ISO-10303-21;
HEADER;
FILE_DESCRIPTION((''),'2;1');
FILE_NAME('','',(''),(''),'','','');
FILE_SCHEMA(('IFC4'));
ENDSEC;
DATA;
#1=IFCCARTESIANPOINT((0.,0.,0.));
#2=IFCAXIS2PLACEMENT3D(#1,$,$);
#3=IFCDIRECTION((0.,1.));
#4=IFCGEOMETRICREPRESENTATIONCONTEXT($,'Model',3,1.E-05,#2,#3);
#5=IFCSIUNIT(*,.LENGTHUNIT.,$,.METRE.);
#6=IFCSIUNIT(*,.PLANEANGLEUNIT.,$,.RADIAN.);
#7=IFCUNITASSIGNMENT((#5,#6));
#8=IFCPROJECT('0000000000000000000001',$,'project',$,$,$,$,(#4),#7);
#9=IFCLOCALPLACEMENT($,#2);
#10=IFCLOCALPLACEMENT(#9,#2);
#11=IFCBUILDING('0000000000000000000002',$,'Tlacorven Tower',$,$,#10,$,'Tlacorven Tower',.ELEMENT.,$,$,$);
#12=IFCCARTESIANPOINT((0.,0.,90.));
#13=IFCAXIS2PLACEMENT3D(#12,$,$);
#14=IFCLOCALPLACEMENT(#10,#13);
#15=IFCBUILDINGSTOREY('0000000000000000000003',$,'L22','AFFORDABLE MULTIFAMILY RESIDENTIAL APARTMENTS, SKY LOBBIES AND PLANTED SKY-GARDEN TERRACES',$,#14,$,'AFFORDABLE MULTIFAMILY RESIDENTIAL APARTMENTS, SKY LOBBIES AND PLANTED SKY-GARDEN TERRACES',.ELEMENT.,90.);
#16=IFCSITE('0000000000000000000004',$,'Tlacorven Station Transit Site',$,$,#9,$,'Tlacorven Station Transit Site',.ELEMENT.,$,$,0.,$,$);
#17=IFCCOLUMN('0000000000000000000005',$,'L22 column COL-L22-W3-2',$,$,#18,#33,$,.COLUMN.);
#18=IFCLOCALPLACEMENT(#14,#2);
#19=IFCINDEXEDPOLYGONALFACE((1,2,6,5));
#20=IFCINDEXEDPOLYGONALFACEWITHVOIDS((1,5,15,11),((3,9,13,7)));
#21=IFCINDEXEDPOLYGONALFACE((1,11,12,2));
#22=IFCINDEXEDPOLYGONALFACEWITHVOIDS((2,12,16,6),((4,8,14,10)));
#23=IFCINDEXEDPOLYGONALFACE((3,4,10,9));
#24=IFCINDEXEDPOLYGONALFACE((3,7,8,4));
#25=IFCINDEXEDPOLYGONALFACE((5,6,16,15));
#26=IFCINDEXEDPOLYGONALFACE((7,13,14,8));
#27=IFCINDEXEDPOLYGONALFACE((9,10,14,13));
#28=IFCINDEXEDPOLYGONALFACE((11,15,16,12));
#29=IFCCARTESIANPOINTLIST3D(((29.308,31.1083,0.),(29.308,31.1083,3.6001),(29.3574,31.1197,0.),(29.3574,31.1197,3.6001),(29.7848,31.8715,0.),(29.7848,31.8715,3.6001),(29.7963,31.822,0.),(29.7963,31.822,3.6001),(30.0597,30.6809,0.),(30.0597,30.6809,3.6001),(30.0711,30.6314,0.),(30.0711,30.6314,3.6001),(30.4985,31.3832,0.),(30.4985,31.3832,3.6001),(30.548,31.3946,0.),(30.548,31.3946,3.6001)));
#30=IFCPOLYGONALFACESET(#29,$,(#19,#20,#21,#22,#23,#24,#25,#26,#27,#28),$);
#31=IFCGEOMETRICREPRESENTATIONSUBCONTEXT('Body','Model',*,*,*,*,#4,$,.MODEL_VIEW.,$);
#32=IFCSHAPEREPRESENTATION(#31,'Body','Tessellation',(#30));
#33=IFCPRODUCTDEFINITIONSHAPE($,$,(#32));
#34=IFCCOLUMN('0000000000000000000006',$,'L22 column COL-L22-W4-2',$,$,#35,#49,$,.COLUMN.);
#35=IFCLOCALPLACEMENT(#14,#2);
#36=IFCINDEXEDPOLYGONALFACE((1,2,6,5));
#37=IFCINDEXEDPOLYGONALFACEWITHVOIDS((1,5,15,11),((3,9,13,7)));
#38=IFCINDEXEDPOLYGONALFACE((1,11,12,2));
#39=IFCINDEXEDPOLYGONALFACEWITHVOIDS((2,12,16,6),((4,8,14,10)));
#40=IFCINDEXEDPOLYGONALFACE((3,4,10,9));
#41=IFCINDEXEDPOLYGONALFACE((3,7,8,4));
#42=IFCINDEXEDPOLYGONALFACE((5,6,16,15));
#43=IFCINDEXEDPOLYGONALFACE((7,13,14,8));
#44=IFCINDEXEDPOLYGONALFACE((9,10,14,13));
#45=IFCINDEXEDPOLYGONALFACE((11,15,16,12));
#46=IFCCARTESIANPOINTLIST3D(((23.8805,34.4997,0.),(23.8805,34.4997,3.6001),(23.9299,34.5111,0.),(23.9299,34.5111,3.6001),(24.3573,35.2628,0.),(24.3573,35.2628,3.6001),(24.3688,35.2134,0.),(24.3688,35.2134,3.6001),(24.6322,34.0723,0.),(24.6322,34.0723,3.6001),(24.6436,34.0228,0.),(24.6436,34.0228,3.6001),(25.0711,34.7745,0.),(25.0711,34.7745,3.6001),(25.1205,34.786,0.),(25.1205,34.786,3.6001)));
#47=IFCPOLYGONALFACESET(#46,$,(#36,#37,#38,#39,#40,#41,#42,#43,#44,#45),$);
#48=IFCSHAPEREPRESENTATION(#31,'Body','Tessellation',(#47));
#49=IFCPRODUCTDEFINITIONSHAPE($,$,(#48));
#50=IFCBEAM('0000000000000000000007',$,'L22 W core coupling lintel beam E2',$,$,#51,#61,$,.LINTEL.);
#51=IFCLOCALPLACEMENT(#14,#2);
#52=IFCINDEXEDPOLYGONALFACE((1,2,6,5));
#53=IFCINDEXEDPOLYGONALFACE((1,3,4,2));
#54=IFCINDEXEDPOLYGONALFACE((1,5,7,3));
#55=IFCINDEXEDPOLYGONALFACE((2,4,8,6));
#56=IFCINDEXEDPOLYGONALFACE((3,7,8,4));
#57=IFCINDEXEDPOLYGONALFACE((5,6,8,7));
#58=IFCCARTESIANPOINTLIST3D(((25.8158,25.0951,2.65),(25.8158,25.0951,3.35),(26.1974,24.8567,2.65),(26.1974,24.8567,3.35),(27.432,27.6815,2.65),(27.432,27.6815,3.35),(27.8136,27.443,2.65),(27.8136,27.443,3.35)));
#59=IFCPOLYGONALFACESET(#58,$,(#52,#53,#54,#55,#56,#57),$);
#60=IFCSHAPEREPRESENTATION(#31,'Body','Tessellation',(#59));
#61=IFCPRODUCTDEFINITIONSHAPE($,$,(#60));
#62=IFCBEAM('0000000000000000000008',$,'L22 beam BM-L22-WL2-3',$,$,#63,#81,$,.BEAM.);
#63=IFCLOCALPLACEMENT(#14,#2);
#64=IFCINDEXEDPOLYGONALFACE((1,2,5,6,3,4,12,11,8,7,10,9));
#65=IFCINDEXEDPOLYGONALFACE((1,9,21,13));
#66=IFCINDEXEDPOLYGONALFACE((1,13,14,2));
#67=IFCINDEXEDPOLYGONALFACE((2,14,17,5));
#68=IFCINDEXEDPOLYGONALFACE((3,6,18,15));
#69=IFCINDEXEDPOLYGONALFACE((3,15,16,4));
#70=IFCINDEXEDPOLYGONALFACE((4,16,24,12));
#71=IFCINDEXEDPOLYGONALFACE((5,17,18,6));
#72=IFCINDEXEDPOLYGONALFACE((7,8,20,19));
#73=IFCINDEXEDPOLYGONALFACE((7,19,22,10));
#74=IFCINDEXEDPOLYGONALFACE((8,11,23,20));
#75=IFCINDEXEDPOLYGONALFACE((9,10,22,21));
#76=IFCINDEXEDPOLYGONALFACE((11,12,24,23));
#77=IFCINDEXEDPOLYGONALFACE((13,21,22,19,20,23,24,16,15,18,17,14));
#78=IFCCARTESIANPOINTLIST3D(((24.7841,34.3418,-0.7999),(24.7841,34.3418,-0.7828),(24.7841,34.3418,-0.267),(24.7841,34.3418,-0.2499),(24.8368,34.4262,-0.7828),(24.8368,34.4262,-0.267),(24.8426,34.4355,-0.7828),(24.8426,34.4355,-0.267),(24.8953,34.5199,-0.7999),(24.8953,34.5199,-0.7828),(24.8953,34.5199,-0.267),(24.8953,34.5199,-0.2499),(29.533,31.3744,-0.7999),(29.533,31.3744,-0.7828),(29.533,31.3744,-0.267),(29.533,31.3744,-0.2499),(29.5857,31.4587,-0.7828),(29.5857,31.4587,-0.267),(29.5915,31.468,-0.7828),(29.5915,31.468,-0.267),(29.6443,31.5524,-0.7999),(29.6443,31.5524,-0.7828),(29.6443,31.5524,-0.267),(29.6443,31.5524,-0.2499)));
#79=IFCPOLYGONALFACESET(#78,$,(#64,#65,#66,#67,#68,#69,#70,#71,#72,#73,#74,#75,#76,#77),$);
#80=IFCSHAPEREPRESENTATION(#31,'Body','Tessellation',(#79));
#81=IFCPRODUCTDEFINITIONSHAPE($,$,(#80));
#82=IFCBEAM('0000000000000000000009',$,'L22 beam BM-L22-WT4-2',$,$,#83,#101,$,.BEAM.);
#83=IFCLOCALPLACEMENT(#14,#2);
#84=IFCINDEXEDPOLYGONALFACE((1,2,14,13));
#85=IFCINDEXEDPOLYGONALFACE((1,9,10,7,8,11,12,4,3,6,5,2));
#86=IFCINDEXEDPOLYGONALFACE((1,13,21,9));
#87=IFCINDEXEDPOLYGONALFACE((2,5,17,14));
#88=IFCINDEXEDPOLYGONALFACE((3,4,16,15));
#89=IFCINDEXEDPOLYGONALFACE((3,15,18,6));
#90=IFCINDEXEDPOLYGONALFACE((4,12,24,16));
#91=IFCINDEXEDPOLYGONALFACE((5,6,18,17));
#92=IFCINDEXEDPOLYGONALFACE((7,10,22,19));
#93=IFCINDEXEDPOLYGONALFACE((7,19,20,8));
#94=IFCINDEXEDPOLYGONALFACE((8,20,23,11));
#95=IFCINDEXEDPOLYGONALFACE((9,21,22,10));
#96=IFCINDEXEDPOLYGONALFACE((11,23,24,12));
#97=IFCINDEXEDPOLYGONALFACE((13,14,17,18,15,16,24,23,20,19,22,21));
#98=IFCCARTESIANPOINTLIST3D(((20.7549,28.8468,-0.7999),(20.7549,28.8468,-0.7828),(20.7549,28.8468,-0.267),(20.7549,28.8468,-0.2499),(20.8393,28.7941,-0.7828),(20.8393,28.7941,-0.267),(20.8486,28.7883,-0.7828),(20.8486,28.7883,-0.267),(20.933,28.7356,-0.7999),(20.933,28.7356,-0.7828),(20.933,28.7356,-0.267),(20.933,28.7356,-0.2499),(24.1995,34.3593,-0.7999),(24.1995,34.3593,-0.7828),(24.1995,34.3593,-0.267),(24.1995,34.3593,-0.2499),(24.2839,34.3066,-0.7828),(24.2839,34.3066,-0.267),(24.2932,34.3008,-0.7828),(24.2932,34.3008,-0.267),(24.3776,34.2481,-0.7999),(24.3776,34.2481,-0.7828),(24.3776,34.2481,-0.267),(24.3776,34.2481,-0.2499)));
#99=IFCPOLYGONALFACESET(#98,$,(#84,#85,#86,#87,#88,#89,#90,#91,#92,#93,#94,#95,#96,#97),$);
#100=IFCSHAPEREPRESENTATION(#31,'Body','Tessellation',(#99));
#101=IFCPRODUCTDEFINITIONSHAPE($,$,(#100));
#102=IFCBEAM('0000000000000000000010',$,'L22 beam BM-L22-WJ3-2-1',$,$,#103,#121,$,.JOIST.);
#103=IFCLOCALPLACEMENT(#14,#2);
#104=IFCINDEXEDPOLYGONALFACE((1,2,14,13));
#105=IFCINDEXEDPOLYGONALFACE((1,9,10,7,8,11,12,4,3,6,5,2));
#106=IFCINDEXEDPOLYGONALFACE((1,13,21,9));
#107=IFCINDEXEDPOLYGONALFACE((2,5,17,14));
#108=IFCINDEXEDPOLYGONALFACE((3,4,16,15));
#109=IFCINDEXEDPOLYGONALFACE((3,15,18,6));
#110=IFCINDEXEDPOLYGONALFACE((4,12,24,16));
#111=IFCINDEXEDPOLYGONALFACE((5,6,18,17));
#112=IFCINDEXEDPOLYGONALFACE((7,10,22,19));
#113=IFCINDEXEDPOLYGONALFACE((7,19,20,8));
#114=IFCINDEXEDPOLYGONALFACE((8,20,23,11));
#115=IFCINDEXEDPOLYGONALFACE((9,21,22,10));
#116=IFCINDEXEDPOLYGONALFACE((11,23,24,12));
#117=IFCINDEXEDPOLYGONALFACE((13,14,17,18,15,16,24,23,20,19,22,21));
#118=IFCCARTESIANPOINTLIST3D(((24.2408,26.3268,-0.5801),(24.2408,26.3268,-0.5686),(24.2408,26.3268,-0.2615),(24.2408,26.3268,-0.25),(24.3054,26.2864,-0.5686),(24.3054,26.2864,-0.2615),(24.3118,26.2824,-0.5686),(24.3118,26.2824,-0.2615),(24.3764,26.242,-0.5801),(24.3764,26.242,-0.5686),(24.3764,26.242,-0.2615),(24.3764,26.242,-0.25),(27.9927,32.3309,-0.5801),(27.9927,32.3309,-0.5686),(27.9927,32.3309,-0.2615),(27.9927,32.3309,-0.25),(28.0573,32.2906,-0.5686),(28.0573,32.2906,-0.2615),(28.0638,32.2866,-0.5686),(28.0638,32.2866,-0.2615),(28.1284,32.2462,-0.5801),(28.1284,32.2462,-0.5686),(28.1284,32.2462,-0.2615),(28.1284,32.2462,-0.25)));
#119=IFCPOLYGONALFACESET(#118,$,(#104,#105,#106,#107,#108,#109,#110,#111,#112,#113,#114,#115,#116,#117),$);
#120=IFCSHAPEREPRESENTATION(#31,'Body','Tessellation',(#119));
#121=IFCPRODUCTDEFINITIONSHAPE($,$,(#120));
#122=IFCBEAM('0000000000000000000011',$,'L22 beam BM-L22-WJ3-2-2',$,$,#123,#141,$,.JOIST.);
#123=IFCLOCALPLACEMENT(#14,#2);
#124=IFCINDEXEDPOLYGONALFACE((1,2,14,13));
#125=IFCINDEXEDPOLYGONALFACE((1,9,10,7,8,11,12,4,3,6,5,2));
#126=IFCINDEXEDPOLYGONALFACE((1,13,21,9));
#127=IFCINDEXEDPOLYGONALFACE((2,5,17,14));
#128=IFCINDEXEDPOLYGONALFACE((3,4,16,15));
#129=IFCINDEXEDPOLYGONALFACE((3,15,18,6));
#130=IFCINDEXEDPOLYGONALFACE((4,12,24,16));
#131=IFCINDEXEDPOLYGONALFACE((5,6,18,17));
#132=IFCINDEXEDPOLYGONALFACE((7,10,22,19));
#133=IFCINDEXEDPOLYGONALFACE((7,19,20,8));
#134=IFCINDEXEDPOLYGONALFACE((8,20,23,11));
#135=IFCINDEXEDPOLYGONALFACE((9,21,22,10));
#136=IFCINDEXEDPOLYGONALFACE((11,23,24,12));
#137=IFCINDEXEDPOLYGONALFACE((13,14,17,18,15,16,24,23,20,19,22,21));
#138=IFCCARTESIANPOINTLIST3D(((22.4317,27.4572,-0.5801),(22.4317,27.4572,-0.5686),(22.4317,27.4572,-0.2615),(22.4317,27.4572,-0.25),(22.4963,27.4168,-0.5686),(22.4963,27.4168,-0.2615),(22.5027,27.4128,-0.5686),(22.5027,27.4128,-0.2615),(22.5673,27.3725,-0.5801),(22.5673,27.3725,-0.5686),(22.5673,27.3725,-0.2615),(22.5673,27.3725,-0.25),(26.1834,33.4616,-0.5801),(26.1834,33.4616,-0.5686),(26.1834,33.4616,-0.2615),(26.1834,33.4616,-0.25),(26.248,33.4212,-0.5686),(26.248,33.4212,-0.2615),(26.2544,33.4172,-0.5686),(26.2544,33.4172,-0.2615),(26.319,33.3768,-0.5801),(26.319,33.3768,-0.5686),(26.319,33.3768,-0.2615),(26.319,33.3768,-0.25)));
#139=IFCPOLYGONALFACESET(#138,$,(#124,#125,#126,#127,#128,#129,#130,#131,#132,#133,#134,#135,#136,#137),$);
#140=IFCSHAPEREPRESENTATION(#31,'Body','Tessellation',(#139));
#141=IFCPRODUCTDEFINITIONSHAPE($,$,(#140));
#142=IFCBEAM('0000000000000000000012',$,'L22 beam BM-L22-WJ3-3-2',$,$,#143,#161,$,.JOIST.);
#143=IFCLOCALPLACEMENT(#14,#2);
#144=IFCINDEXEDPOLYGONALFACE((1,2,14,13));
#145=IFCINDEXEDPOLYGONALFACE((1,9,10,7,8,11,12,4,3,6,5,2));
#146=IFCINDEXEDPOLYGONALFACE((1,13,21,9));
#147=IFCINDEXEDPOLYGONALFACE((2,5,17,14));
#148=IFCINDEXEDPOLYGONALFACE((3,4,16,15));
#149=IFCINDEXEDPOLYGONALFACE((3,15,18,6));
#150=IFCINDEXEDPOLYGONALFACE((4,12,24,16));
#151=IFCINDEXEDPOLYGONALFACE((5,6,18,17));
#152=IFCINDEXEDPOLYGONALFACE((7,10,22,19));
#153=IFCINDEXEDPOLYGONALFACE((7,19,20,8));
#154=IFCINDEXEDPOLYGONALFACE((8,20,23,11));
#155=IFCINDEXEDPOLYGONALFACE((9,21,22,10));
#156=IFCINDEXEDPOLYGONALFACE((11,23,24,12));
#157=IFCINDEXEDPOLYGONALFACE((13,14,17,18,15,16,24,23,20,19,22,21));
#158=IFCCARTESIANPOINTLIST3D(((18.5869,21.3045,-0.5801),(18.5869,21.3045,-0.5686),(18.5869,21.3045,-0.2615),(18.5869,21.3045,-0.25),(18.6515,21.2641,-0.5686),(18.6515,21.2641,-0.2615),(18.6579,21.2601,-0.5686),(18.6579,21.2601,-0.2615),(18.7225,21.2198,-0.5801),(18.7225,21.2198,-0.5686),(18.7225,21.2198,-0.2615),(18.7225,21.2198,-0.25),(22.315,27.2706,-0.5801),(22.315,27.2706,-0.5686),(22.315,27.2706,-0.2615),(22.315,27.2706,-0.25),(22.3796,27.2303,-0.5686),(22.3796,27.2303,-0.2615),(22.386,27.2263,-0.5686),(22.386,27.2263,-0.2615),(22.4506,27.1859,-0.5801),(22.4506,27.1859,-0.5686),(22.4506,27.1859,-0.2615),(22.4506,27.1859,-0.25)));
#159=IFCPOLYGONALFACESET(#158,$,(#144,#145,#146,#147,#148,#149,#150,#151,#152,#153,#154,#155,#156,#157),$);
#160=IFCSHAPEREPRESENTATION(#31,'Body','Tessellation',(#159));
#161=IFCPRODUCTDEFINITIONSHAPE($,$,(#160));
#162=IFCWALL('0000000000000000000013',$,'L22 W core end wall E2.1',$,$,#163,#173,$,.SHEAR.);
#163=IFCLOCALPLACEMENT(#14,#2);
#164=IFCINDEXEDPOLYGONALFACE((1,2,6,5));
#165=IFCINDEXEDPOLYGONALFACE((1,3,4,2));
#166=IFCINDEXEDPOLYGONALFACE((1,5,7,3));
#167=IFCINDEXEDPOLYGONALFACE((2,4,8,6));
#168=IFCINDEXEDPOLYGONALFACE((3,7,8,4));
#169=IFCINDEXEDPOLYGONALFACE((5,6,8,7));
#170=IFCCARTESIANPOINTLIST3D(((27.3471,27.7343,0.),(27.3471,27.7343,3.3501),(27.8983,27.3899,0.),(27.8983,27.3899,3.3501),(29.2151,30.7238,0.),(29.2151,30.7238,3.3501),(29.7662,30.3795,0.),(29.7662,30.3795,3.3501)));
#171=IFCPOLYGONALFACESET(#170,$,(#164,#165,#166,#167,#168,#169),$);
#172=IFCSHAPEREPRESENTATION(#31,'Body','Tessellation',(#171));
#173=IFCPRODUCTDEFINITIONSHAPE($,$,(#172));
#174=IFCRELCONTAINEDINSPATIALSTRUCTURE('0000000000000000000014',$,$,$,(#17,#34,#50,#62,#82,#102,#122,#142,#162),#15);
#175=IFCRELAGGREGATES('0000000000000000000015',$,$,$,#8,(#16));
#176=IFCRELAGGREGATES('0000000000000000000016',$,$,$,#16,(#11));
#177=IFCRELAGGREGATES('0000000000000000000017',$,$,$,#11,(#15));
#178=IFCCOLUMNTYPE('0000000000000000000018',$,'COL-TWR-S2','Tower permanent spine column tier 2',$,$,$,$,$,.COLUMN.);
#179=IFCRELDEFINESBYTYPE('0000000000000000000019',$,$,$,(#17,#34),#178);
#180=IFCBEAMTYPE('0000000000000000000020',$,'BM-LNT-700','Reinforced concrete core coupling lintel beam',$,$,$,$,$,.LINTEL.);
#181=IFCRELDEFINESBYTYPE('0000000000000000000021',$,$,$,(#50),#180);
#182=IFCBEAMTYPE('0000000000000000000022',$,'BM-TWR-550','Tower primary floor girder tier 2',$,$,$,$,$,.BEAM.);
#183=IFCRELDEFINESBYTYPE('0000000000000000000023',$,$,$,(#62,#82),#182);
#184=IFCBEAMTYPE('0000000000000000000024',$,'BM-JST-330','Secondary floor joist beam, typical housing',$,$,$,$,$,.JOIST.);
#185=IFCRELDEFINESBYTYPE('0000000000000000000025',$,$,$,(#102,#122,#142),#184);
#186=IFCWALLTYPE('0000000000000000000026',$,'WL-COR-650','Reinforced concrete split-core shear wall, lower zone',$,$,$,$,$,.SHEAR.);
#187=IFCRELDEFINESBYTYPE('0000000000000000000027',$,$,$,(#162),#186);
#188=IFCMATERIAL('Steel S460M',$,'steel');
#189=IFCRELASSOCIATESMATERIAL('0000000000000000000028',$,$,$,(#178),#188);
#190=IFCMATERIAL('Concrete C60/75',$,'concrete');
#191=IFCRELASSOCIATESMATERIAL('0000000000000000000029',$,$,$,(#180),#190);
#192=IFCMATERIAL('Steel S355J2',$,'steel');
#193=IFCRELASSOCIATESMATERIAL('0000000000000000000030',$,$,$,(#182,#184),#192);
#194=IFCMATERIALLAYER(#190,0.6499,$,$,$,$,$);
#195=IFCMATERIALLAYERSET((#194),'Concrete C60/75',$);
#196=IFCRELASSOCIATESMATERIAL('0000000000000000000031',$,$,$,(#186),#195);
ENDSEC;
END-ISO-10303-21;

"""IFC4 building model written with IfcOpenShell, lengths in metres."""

from ifc_helpers import new_model, si_unit, direction, frame, frame_2d, origin, origin_2d, place, context, subcontext, project, spatial, rectangle, hollow_rectangle, i_section, extrude, source, transform, mapped, material, layer, layer_set, material_profile, profile_set, type_object, element, save


model = new_model("IFC4")

# Units and contexts
model_context = context("Model", 3, precision=1e-05, world=origin(), true_north=direction((0.0, 1.0)))
body_context = subcontext(model_context, "Body", "Model", "MODEL_VIEW")
ifc_project = project(units=[si_unit("LENGTHUNIT", "METRE"), si_unit("PLANEANGLEUNIT", "RADIAN")], contexts=[model_context])

# Site, building, storey
site_placement = place(None, origin())
site = spatial("IfcSite", under=ifc_project, at=site_placement, Name="Tlacorven Station Transit Site", LongName="Tlacorven Station Transit Site", CompositionType="ELEMENT", RefElevation=0.0)
building_placement = place(site_placement, origin())
building = spatial("IfcBuilding", under=site, at=building_placement, Name="Tlacorven Tower", LongName="Tlacorven Tower", CompositionType="ELEMENT")
storey_placement = place(building_placement, frame((0.0, 0.0, 90.0)))
storey = spatial("IfcBuildingStorey", under=building, at=storey_placement, Name="L22", Description="AFFORDABLE MULTIFAMILY RESIDENTIAL APARTMENTS, SKY LOBBIES AND PLANTED SKY-GARDEN TERRACES", LongName="AFFORDABLE MULTIFAMILY RESIDENTIAL APARTMENTS, SKY LOBBIES AND PLANTED SKY-GARDEN TERRACES", CompositionType="ELEMENT", Elevation=90.0)

# Columns
ifc_material_1 = material(Name="Steel S460M", Category="steel")
ifc_material_profile_1 = material_profile(ifc_material_1, hollow_rectangle(XDim=0.8999, YDim=0.8999, WallThickness=0.0359, at=origin_2d()), Name="BOX 900X900X36")
ifc_profile_set_1 = profile_set([ifc_material_profile_1], Name="Steel S460M")
column_type = type_object("IfcColumnType", Name="COL-TWR-S2", Description="Tower permanent spine column tier 2", PredefinedType="COLUMN", material=ifc_profile_set_1)
shared_shape_1 = source(origin(), body_context, "Body", "SweptSolid", [
    extrude(hollow_rectangle(XDim=0.8999, YDim=0.8999, WallThickness=0.0359, at=origin_2d()), origin(), (0.0, 0.0, 1.0), 3.6001),
])
for number, where, z_axis, x_axis, name in (
    (1, (29.928, 31.2515, 0.0), (0.0, 0.0, 1.0), (-0.848048, 0.529919, 0.0), "L22 column COL-L22-W3-2"),
    (2, (24.5005, 34.6428, 0.0), (0.0, 0.0, 1.0), (-0.848048, 0.529919, 0.0), "L22 column COL-L22-W4-2"),
):
    element("IfcColumn", number, at=place(storey_placement, frame(where, z_axis=z_axis, x_axis=x_axis)), inside=storey, type_object=column_type, Name=name, PredefinedType="COLUMN", context=body_context, shape_type="MappedRepresentation", body=[
        mapped(shared_shape_1, transform((0.0, 0.0, 0.0), scale=1.0)),
    ])

# Beams
ifc_material_2 = material(Name="Concrete C60/75", Category="concrete")
ifc_material_profile_2 = material_profile(ifc_material_2, rectangle(XDim=0.45, YDim=0.7, at=origin_2d()), Name="RC 450X700")
ifc_profile_set_2 = profile_set([ifc_material_profile_2], Name="Concrete C60/75")
beam_type_1 = type_object("IfcBeamType", Name="BM-LNT-700", Description="Reinforced concrete core coupling lintel beam", PredefinedType="LINTEL", material=ifc_profile_set_2)
shared_shape_2 = source(origin(), body_context, "Body", "SweptSolid", [
    extrude(rectangle(XDim=0.45, YDim=0.7, at=origin_2d()), origin(), (0.0, 0.0, 1.0), 3.0498),
])
beam_1_placement = place(storey_placement, frame((27.6228, 27.5623, 3.0), z_axis=(-0.529927, -0.848043, 0.0), x_axis=(0.848043, -0.529927, 0.0)))
element("IfcBeam", 3, at=beam_1_placement, inside=storey, type_object=beam_type_1, Name="L22 W core coupling lintel beam E2", PredefinedType="LINTEL", context=body_context, shape_type="MappedRepresentation", body=[
    mapped(shared_shape_2, transform((0.0, 0.0, 0.0), scale=1.0)),
])
ifc_material_3 = material(Name="Steel S355J2", Category="steel")
ifc_material_profile_3 = material_profile(ifc_material_3, i_section(OverallWidth=0.21, OverallDepth=0.55, WebThickness=0.011, FlangeThickness=0.0171, at=origin_2d()), Name="IPE 550")
ifc_profile_set_3 = profile_set([ifc_material_profile_3], Name="Steel S355J2")
beam_type_2 = type_object("IfcBeamType", Name="BM-TWR-550", Description="Tower primary floor girder tier 2", PredefinedType="BEAM", material=ifc_profile_set_3)
shared_shape_3 = source(origin(), body_context, "Body", "SweptSolid", [
    extrude(i_section(OverallWidth=0.21, OverallDepth=0.55, WebThickness=0.011, FlangeThickness=0.0171, at=origin_2d()), origin(), (0.0, 0.0, 1.0), 5.5999),
])
beam_2_placement = place(storey_placement, frame((29.5886, 31.4634, -0.5249), z_axis=(-0.848047, 0.529921, 0.0), x_axis=(-0.529921, -0.848047, 0.0)))
element("IfcBeam", 4, at=beam_2_placement, inside=storey, type_object=beam_type_2, Name="L22 beam BM-L22-WL2-3", PredefinedType="BEAM", context=body_context, shape_type="MappedRepresentation", body=[
    mapped(shared_shape_3, transform((0.0, 0.0, 0.0), scale=1.0)),
])
shared_shape_4 = source(origin(), body_context, "Body", "SweptSolid", [
    extrude(i_section(OverallWidth=0.21, OverallDepth=0.55, WebThickness=0.011, FlangeThickness=0.0171, at=origin_2d()), origin(), (0.0, 0.0, 1.0), 6.5002),
])
beam_3_placement = place(storey_placement, frame((24.2886, 34.3037, -0.5249), z_axis=(-0.529921, -0.848047, 0.0), x_axis=(0.848047, -0.529921, 0.0)))
element("IfcBeam", 5, at=beam_3_placement, inside=storey, type_object=beam_type_2, Name="L22 beam BM-L22-WT4-2", PredefinedType="BEAM", context=body_context, shape_type="MappedRepresentation", body=[
    mapped(shared_shape_4, transform((0.0, 0.0, 0.0), scale=1.0)),
])
ifc_material_profile_4 = material_profile(ifc_material_3, i_section(OverallWidth=0.1599, OverallDepth=0.3301, WebThickness=0.0076, FlangeThickness=0.0115, at=origin_2d()), Name="IPE 330")
ifc_profile_set_4 = profile_set([ifc_material_profile_4], Name="Steel S355J2")
beam_type_3 = type_object("IfcBeamType", Name="BM-JST-330", Description="Secondary floor joist beam, typical housing", PredefinedType="JOIST", material=ifc_profile_set_4)
shared_shape_5 = source(origin(), body_context, "Body", "SweptSolid", [
    extrude(i_section(OverallWidth=0.1599, OverallDepth=0.3301, WebThickness=0.0076, FlangeThickness=0.0115, at=origin_2d()), origin(), (0.0, 0.0, 1.0), 7.0801),
])
for number, where, z_axis, x_axis, name in (
    (6, (28.0605, 32.2886, -0.415), (-0.529934, -0.848039, 0.0), (0.848039, -0.529934, 0.0), "L22 beam BM-L22-WJ3-2-1"),
    (7, (26.2512, 33.4192, -0.415), (-0.529894, -0.848064, 0.0), (0.848064, -0.529894, 0.0), "L22 beam BM-L22-WJ3-2-2"),
):
    element("IfcBeam", number, at=place(storey_placement, frame(where, z_axis=z_axis, x_axis=x_axis)), inside=storey, type_object=beam_type_3, Name=name, PredefinedType="JOIST", context=body_context, shape_type="MappedRepresentation", body=[
        mapped(shared_shape_5, transform((0.0, 0.0, 0.0), scale=1.0)),
    ])
shared_shape_6 = source(origin(), body_context, "Body", "SweptSolid", [
    extrude(i_section(OverallWidth=0.1599, OverallDepth=0.3301, WebThickness=0.0076, FlangeThickness=0.0115, at=origin_2d()), origin(), (0.0, 0.0, 1.0), 7.0352),
])
beam_4_placement = place(storey_placement, frame((22.3828, 27.2283, -0.415), z_axis=(-0.529921, -0.848047, 0.0), x_axis=(0.848047, -0.529921, 0.0)))
element("IfcBeam", 8, at=beam_4_placement, inside=storey, type_object=beam_type_3, Name="L22 beam BM-L22-WJ3-3-2", PredefinedType="JOIST", context=body_context, shape_type="MappedRepresentation", body=[
    mapped(shared_shape_6, transform((0.0, 0.0, 0.0), scale=1.0)),
])

# Wall
ifc_layer_1 = layer(ifc_material_2, 0.6499)
ifc_layer_set_1 = layer_set([ifc_layer_1], Name="Concrete C60/75")
wall_type_1 = type_object("IfcWallType", Name="WL-COR-650", Description="Reinforced concrete split-core shear wall, lower zone", PredefinedType="SHEAR", material=ifc_layer_set_1)
wall_1_placement = place(storey_placement, frame((29.4907, 30.5518, 0.0), z_axis=(0.0, 0.0, 1.0), x_axis=(-0.529893, -0.848064, 0.0)))
element("IfcWall", 9, at=wall_1_placement, inside=storey, type_object=wall_type_1, Name="L22 W core end wall E2.1", PredefinedType="SHEAR", context=body_context, shape_type="SweptSolid", body=[
    extrude(rectangle(XDim=3.5251, YDim=0.6499, at=frame_2d((1.7627, 0.0))), origin(), (0.0, 0.0, 1.0), 3.3501),
])

save(model, "model.ifc")
